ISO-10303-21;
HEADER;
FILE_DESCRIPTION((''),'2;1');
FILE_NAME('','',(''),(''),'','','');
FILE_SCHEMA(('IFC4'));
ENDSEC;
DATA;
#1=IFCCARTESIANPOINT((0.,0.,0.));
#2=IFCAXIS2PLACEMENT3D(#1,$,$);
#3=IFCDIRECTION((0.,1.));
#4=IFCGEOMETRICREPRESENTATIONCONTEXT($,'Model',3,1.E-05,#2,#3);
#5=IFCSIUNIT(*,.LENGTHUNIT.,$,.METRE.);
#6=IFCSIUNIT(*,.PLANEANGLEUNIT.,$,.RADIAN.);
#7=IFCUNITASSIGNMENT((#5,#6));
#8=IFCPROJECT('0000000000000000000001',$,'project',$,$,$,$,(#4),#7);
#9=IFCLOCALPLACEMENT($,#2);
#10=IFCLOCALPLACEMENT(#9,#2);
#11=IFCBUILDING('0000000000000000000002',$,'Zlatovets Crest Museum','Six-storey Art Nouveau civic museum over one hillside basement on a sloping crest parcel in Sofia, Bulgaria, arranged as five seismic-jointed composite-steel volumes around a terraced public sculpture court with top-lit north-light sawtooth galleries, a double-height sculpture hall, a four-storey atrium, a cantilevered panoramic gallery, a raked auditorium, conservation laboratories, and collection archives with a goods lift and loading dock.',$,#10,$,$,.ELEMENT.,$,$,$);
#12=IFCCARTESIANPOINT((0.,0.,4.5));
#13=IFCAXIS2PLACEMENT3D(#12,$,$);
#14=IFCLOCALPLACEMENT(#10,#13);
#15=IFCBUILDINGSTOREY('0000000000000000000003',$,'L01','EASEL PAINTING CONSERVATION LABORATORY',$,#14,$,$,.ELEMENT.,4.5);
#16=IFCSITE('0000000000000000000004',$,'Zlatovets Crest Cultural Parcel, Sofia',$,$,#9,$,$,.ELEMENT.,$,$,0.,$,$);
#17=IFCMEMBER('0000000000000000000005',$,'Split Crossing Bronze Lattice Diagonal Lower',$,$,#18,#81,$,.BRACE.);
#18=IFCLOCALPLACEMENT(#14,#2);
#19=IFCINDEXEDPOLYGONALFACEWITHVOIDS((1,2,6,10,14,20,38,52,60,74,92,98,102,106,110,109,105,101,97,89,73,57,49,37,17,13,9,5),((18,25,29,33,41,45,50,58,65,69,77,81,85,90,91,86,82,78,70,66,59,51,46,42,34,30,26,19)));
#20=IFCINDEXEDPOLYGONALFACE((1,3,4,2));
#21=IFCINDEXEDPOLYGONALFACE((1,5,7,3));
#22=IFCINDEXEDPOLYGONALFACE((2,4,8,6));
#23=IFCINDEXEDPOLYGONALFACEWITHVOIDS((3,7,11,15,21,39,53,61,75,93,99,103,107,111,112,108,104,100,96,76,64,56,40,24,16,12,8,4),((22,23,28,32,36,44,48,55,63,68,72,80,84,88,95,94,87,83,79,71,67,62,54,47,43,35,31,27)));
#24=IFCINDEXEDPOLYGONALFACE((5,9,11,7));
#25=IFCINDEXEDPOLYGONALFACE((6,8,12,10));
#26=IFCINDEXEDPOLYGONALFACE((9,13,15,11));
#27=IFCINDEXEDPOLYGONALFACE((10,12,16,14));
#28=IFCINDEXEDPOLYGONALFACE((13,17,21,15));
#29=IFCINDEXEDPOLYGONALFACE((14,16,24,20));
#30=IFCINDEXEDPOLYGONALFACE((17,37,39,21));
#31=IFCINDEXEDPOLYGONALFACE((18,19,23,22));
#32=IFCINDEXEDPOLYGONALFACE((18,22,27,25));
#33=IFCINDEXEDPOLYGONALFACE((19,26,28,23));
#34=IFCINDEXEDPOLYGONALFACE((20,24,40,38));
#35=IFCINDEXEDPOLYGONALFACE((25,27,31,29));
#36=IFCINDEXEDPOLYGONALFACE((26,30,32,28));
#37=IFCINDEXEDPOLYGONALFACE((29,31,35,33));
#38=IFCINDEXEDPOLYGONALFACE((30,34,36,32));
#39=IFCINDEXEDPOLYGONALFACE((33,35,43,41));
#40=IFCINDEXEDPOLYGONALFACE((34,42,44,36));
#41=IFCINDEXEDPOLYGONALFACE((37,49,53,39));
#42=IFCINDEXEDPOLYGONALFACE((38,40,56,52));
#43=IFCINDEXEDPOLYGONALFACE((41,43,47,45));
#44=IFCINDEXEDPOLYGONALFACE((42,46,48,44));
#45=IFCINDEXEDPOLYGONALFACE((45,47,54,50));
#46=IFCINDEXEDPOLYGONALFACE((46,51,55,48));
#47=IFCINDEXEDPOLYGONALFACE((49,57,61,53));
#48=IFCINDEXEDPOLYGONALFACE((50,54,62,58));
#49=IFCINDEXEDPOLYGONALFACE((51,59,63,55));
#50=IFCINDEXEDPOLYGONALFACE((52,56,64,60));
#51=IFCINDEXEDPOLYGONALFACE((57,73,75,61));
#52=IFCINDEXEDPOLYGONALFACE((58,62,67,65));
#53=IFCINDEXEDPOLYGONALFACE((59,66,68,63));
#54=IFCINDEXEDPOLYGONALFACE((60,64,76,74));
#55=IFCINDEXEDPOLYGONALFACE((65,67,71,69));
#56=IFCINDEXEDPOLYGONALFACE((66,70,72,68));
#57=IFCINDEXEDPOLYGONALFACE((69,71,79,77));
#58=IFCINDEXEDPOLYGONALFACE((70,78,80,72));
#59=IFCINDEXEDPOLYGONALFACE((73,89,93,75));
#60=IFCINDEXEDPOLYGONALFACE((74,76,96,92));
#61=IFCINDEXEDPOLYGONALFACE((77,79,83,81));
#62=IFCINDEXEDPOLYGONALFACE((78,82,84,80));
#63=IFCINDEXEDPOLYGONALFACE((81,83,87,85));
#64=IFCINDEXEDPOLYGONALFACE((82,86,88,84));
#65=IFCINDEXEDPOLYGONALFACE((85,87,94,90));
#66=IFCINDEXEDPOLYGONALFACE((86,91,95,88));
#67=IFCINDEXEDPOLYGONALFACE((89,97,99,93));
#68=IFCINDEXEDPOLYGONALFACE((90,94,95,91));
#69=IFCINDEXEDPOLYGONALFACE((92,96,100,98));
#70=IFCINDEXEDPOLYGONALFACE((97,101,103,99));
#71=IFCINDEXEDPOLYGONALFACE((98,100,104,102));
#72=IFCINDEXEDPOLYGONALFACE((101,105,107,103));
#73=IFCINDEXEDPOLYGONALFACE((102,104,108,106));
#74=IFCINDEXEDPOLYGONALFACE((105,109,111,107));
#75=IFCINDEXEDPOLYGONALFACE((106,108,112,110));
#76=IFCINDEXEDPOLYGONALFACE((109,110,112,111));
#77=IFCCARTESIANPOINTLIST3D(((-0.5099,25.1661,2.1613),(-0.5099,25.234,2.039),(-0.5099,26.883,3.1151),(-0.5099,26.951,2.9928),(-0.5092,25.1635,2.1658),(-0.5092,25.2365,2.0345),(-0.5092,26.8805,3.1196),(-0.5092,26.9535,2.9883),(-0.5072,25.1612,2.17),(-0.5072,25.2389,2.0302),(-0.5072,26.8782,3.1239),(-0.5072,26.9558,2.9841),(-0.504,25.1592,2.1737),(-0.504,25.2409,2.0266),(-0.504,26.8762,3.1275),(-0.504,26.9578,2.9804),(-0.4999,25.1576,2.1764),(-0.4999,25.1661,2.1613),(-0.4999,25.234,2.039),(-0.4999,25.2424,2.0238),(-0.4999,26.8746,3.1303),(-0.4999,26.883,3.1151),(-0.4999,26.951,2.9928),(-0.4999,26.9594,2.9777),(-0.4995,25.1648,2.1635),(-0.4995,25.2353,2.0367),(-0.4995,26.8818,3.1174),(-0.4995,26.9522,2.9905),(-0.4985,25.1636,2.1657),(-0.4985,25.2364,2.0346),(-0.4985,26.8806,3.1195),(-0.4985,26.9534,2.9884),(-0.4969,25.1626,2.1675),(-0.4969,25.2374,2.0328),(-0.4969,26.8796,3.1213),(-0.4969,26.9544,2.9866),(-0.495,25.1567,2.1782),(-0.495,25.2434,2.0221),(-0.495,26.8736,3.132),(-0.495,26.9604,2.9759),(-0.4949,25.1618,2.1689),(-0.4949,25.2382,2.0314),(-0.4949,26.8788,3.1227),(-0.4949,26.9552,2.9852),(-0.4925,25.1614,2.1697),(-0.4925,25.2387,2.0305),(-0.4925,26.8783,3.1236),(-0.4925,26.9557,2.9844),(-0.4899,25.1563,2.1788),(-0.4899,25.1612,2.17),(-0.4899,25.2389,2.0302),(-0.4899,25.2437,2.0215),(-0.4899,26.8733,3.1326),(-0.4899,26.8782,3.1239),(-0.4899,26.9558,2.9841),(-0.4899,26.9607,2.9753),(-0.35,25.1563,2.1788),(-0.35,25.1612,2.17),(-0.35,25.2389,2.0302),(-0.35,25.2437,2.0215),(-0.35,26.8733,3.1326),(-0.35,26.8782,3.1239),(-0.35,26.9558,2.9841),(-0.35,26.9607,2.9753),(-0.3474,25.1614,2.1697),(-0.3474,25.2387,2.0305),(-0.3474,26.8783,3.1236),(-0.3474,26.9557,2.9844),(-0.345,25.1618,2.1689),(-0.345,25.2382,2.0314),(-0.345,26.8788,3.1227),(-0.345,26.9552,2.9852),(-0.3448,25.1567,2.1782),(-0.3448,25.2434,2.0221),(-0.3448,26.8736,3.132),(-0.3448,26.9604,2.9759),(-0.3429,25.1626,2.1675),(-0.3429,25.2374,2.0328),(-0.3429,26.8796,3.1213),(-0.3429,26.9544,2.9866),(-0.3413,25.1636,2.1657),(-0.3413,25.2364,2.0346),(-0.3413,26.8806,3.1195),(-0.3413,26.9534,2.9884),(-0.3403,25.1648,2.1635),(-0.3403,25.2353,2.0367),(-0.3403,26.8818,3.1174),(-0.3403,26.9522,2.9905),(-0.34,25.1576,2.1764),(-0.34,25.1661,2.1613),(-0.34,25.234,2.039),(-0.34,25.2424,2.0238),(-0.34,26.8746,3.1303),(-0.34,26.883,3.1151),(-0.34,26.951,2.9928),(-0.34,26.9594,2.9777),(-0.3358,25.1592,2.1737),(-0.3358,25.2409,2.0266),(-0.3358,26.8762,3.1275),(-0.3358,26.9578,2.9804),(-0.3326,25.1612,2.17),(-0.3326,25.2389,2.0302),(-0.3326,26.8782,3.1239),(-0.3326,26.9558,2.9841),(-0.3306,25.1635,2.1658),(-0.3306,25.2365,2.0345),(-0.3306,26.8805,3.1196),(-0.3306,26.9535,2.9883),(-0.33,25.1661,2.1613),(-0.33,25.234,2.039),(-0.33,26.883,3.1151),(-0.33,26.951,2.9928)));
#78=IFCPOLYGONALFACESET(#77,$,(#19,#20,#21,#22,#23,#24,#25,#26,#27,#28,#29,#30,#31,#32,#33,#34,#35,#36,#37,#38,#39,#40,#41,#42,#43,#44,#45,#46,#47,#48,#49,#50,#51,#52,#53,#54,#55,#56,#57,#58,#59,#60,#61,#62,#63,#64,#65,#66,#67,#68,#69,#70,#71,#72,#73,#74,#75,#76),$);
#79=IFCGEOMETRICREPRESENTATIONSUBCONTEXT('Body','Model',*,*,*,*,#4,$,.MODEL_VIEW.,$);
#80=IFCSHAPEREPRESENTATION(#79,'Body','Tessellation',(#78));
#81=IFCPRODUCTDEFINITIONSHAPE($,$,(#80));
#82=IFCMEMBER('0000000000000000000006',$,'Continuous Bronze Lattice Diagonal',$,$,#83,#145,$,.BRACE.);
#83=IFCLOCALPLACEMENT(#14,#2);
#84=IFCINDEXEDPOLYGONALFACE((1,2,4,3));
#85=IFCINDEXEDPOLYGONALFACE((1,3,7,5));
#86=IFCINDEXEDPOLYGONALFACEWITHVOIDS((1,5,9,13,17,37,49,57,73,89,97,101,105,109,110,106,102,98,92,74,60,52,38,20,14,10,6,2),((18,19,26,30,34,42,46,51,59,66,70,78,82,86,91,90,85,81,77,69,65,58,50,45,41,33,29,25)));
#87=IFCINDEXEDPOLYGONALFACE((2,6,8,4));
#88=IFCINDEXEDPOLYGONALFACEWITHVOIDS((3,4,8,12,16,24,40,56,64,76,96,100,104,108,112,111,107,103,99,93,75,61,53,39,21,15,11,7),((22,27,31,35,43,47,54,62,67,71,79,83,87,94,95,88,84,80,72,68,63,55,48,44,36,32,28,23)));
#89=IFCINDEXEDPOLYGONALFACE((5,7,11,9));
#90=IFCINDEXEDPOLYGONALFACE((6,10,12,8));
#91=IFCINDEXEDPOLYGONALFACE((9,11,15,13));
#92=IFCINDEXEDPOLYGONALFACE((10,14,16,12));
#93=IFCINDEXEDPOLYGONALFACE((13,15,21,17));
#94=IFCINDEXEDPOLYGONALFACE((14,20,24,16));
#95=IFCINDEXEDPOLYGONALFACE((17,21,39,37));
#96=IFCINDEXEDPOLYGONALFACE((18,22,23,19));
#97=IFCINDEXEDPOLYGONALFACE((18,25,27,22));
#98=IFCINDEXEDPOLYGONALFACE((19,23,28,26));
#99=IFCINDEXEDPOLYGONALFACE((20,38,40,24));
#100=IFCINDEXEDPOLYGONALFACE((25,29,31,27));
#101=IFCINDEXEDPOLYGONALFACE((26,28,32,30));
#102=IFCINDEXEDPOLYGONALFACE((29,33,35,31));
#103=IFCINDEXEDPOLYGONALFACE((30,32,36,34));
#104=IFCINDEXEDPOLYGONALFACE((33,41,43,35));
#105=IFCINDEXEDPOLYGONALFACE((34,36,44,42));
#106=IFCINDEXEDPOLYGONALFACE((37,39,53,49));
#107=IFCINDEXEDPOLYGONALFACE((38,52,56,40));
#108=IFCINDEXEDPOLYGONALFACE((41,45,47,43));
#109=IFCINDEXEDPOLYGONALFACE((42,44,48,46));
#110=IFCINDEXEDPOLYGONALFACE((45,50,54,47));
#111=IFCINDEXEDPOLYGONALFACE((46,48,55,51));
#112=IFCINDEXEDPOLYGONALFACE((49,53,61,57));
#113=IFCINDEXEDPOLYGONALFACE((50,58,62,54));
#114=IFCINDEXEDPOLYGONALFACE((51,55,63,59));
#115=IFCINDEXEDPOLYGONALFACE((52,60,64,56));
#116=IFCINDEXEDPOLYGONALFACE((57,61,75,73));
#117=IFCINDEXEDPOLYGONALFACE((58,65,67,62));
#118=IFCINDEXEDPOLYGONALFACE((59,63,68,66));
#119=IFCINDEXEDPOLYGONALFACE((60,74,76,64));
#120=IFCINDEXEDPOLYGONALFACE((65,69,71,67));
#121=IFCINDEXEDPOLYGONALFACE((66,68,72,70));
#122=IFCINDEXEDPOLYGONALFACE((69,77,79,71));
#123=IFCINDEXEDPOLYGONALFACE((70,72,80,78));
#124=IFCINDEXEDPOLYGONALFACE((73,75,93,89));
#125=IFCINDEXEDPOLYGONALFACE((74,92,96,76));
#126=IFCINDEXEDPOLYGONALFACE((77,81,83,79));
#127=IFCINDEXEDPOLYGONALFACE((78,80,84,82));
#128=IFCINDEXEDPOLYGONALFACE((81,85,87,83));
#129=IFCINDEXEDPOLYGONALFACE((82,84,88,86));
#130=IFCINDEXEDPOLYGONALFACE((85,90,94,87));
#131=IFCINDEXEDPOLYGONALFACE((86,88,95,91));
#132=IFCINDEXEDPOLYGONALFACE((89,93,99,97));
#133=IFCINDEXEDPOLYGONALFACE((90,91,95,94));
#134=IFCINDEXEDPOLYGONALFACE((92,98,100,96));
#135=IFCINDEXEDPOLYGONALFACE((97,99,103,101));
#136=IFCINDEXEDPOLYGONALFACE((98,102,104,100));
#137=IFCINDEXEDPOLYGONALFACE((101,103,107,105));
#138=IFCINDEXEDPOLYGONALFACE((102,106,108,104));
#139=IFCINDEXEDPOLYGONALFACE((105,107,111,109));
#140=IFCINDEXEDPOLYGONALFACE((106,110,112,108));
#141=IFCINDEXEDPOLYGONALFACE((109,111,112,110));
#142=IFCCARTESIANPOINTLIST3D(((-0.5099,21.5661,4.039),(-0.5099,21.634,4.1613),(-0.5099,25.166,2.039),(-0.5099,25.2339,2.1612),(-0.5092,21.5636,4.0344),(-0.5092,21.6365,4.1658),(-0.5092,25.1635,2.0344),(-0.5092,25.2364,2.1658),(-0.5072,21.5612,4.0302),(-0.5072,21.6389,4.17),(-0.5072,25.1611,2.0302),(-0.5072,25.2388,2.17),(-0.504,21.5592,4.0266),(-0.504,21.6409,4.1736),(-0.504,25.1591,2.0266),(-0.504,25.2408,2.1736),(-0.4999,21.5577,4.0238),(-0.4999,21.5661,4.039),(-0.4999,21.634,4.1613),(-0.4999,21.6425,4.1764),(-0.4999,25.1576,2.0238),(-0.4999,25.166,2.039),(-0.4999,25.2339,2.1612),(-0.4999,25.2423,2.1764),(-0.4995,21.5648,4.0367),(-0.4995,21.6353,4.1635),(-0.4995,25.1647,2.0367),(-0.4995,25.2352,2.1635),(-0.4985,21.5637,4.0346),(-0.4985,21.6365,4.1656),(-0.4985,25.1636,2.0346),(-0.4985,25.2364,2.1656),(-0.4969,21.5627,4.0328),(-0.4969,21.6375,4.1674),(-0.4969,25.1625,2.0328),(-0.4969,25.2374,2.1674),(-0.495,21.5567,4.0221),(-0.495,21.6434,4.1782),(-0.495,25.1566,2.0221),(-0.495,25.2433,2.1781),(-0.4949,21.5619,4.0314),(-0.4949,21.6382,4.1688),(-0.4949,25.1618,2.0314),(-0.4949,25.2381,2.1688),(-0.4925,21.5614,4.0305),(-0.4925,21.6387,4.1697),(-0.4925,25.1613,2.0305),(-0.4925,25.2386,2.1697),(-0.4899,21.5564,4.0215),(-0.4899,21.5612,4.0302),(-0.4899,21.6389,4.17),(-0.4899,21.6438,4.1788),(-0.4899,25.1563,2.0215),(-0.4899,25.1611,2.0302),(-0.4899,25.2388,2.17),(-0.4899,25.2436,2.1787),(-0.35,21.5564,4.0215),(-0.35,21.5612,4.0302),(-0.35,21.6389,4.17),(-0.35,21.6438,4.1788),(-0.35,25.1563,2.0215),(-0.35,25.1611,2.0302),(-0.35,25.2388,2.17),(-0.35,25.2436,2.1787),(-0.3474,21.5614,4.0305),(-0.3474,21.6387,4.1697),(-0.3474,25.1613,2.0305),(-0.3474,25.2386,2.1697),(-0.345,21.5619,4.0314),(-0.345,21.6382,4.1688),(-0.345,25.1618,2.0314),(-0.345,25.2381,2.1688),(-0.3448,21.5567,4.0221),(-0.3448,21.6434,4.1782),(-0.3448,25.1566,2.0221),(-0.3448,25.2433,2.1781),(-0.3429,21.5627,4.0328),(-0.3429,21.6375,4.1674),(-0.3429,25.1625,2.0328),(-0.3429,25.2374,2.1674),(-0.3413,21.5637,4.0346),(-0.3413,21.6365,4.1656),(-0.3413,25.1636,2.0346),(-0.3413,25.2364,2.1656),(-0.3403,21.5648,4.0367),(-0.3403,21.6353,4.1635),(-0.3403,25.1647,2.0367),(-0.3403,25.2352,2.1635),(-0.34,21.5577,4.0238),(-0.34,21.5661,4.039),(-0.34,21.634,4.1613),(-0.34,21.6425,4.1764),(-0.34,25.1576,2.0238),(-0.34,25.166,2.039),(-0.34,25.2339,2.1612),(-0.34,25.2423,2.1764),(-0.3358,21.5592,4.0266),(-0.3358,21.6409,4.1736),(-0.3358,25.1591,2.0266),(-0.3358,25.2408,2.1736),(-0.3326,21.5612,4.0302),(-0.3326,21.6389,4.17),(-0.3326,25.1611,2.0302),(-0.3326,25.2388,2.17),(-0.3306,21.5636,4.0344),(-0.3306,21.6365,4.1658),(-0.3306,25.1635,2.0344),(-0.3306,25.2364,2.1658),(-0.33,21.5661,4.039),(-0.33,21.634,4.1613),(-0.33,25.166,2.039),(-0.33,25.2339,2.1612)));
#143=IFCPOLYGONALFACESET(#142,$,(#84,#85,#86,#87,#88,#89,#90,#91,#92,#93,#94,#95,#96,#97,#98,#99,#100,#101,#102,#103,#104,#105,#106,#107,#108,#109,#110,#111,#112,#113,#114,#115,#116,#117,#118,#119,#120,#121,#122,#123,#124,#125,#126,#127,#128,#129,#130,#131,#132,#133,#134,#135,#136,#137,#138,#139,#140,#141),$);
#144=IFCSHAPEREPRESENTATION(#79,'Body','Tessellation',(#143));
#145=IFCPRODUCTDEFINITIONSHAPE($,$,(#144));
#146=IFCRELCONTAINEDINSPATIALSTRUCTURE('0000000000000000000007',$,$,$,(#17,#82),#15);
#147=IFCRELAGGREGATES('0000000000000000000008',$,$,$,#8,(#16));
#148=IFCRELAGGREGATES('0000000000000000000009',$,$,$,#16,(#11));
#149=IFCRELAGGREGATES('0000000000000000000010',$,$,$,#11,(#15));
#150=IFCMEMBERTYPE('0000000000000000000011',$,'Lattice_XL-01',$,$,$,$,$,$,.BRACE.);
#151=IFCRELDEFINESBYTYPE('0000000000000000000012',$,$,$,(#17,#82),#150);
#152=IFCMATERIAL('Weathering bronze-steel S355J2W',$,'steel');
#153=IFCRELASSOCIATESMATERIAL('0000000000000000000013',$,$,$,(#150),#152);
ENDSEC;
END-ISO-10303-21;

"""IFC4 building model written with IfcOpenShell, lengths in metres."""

from ifc_helpers import new_model, si_unit, direction, frame, origin, origin_2d, place, context, subcontext, project, spatial, hollow_rectangle, extrude, material, material_profile, profile_set, type_object, element, save


model = new_model("IFC4")

# Units and contexts
model_context = context("Model", 3, precision=1e-05, world=origin(), true_north=direction((0.0, 1.0)))
body_context = subcontext(model_context, "Body", "Model", "MODEL_VIEW")
ifc_project = project(units=[si_unit("LENGTHUNIT", "METRE"), si_unit("PLANEANGLEUNIT", "RADIAN")], contexts=[model_context])

# Site, building, storey
site_placement = place(None, origin())
site = spatial("IfcSite", under=ifc_project, at=site_placement, Name="Zlatovets Crest Cultural Parcel, Sofia", CompositionType="ELEMENT", RefElevation=0.0)
building_placement = place(site_placement, origin())
building = spatial("IfcBuilding", under=site, at=building_placement, Name="Zlatovets Crest Museum", Description="Six-storey Art Nouveau civic museum over one hillside basement on a sloping crest parcel in Sofia, Bulgaria, arranged as five seismic-jointed composite-steel volumes around a terraced public sculpture court with top-lit north-light sawtooth galleries, a double-height sculpture hall, a four-storey atrium, a cantilevered panoramic gallery, a raked auditorium, conservation laboratories, and collection archives with a goods lift and loading dock.", CompositionType="ELEMENT")
storey_placement = place(building_placement, frame((0.0, 0.0, 4.5)))
storey = spatial("IfcBuildingStorey", under=building, at=storey_placement, Name="L01", Description="EASEL PAINTING CONSERVATION LABORATORY", CompositionType="ELEMENT", Elevation=4.5)

# Members
ifc_material_1 = material(Name="Weathering bronze-steel S355J2W", Category="steel")
ifc_material_profile_1 = material_profile(ifc_material_1, hollow_rectangle(XDim=0.1799, YDim=0.1799, WallThickness=0.01, InnerFilletRadius=0.01, OuterFilletRadius=0.02, at=origin_2d()), Name="SHS 180x180x10.0")
ifc_profile_set_1 = profile_set([ifc_material_profile_1], Name="Weathering bronze-steel S355J2W")
member_type_1 = type_object("IfcMemberType", Name="Lattice_XL-01", PredefinedType="BRACE", material=ifc_profile_set_1)
member_1_placement = place(storey_placement, frame((-0.4199, 26.917, 3.054), z_axis=(0.0, -0.874169, -0.485622), x_axis=(1.0, 0.0, 0.0)))
element("IfcMember", 1, at=member_1_placement, inside=storey, type_object=member_type_1, Name="Split Crossing Bronze Lattice Diagonal Lower", PredefinedType="BRACE", context=body_context, shape_type="SweptSolid", body=[
    extrude(hollow_rectangle(XDim=0.1799, YDim=0.1799, WallThickness=0.01, InnerFilletRadius=0.01, OuterFilletRadius=0.02, at=origin_2d()), origin(), (0.0, 0.0, 1.0), 1.9641),
])
member_2_placement = place(storey_placement, frame((-0.4199, 25.2, 2.1001), z_axis=(0.0, -0.874149, 0.485658), x_axis=(1.0, 0.0, 0.0)))
element("IfcMember", 2, at=member_2_placement, inside=storey, type_object=member_type_1, Name="Continuous Bronze Lattice Diagonal", PredefinedType="BRACE", context=body_context, shape_type="SweptSolid", body=[
    extrude(hollow_rectangle(XDim=0.1799, YDim=0.1799, WallThickness=0.01, InnerFilletRadius=0.01, OuterFilletRadius=0.02, at=origin_2d()), origin(), (0.0, 0.0, 1.0), 4.1182),
])

save(model, "model.ifc")
